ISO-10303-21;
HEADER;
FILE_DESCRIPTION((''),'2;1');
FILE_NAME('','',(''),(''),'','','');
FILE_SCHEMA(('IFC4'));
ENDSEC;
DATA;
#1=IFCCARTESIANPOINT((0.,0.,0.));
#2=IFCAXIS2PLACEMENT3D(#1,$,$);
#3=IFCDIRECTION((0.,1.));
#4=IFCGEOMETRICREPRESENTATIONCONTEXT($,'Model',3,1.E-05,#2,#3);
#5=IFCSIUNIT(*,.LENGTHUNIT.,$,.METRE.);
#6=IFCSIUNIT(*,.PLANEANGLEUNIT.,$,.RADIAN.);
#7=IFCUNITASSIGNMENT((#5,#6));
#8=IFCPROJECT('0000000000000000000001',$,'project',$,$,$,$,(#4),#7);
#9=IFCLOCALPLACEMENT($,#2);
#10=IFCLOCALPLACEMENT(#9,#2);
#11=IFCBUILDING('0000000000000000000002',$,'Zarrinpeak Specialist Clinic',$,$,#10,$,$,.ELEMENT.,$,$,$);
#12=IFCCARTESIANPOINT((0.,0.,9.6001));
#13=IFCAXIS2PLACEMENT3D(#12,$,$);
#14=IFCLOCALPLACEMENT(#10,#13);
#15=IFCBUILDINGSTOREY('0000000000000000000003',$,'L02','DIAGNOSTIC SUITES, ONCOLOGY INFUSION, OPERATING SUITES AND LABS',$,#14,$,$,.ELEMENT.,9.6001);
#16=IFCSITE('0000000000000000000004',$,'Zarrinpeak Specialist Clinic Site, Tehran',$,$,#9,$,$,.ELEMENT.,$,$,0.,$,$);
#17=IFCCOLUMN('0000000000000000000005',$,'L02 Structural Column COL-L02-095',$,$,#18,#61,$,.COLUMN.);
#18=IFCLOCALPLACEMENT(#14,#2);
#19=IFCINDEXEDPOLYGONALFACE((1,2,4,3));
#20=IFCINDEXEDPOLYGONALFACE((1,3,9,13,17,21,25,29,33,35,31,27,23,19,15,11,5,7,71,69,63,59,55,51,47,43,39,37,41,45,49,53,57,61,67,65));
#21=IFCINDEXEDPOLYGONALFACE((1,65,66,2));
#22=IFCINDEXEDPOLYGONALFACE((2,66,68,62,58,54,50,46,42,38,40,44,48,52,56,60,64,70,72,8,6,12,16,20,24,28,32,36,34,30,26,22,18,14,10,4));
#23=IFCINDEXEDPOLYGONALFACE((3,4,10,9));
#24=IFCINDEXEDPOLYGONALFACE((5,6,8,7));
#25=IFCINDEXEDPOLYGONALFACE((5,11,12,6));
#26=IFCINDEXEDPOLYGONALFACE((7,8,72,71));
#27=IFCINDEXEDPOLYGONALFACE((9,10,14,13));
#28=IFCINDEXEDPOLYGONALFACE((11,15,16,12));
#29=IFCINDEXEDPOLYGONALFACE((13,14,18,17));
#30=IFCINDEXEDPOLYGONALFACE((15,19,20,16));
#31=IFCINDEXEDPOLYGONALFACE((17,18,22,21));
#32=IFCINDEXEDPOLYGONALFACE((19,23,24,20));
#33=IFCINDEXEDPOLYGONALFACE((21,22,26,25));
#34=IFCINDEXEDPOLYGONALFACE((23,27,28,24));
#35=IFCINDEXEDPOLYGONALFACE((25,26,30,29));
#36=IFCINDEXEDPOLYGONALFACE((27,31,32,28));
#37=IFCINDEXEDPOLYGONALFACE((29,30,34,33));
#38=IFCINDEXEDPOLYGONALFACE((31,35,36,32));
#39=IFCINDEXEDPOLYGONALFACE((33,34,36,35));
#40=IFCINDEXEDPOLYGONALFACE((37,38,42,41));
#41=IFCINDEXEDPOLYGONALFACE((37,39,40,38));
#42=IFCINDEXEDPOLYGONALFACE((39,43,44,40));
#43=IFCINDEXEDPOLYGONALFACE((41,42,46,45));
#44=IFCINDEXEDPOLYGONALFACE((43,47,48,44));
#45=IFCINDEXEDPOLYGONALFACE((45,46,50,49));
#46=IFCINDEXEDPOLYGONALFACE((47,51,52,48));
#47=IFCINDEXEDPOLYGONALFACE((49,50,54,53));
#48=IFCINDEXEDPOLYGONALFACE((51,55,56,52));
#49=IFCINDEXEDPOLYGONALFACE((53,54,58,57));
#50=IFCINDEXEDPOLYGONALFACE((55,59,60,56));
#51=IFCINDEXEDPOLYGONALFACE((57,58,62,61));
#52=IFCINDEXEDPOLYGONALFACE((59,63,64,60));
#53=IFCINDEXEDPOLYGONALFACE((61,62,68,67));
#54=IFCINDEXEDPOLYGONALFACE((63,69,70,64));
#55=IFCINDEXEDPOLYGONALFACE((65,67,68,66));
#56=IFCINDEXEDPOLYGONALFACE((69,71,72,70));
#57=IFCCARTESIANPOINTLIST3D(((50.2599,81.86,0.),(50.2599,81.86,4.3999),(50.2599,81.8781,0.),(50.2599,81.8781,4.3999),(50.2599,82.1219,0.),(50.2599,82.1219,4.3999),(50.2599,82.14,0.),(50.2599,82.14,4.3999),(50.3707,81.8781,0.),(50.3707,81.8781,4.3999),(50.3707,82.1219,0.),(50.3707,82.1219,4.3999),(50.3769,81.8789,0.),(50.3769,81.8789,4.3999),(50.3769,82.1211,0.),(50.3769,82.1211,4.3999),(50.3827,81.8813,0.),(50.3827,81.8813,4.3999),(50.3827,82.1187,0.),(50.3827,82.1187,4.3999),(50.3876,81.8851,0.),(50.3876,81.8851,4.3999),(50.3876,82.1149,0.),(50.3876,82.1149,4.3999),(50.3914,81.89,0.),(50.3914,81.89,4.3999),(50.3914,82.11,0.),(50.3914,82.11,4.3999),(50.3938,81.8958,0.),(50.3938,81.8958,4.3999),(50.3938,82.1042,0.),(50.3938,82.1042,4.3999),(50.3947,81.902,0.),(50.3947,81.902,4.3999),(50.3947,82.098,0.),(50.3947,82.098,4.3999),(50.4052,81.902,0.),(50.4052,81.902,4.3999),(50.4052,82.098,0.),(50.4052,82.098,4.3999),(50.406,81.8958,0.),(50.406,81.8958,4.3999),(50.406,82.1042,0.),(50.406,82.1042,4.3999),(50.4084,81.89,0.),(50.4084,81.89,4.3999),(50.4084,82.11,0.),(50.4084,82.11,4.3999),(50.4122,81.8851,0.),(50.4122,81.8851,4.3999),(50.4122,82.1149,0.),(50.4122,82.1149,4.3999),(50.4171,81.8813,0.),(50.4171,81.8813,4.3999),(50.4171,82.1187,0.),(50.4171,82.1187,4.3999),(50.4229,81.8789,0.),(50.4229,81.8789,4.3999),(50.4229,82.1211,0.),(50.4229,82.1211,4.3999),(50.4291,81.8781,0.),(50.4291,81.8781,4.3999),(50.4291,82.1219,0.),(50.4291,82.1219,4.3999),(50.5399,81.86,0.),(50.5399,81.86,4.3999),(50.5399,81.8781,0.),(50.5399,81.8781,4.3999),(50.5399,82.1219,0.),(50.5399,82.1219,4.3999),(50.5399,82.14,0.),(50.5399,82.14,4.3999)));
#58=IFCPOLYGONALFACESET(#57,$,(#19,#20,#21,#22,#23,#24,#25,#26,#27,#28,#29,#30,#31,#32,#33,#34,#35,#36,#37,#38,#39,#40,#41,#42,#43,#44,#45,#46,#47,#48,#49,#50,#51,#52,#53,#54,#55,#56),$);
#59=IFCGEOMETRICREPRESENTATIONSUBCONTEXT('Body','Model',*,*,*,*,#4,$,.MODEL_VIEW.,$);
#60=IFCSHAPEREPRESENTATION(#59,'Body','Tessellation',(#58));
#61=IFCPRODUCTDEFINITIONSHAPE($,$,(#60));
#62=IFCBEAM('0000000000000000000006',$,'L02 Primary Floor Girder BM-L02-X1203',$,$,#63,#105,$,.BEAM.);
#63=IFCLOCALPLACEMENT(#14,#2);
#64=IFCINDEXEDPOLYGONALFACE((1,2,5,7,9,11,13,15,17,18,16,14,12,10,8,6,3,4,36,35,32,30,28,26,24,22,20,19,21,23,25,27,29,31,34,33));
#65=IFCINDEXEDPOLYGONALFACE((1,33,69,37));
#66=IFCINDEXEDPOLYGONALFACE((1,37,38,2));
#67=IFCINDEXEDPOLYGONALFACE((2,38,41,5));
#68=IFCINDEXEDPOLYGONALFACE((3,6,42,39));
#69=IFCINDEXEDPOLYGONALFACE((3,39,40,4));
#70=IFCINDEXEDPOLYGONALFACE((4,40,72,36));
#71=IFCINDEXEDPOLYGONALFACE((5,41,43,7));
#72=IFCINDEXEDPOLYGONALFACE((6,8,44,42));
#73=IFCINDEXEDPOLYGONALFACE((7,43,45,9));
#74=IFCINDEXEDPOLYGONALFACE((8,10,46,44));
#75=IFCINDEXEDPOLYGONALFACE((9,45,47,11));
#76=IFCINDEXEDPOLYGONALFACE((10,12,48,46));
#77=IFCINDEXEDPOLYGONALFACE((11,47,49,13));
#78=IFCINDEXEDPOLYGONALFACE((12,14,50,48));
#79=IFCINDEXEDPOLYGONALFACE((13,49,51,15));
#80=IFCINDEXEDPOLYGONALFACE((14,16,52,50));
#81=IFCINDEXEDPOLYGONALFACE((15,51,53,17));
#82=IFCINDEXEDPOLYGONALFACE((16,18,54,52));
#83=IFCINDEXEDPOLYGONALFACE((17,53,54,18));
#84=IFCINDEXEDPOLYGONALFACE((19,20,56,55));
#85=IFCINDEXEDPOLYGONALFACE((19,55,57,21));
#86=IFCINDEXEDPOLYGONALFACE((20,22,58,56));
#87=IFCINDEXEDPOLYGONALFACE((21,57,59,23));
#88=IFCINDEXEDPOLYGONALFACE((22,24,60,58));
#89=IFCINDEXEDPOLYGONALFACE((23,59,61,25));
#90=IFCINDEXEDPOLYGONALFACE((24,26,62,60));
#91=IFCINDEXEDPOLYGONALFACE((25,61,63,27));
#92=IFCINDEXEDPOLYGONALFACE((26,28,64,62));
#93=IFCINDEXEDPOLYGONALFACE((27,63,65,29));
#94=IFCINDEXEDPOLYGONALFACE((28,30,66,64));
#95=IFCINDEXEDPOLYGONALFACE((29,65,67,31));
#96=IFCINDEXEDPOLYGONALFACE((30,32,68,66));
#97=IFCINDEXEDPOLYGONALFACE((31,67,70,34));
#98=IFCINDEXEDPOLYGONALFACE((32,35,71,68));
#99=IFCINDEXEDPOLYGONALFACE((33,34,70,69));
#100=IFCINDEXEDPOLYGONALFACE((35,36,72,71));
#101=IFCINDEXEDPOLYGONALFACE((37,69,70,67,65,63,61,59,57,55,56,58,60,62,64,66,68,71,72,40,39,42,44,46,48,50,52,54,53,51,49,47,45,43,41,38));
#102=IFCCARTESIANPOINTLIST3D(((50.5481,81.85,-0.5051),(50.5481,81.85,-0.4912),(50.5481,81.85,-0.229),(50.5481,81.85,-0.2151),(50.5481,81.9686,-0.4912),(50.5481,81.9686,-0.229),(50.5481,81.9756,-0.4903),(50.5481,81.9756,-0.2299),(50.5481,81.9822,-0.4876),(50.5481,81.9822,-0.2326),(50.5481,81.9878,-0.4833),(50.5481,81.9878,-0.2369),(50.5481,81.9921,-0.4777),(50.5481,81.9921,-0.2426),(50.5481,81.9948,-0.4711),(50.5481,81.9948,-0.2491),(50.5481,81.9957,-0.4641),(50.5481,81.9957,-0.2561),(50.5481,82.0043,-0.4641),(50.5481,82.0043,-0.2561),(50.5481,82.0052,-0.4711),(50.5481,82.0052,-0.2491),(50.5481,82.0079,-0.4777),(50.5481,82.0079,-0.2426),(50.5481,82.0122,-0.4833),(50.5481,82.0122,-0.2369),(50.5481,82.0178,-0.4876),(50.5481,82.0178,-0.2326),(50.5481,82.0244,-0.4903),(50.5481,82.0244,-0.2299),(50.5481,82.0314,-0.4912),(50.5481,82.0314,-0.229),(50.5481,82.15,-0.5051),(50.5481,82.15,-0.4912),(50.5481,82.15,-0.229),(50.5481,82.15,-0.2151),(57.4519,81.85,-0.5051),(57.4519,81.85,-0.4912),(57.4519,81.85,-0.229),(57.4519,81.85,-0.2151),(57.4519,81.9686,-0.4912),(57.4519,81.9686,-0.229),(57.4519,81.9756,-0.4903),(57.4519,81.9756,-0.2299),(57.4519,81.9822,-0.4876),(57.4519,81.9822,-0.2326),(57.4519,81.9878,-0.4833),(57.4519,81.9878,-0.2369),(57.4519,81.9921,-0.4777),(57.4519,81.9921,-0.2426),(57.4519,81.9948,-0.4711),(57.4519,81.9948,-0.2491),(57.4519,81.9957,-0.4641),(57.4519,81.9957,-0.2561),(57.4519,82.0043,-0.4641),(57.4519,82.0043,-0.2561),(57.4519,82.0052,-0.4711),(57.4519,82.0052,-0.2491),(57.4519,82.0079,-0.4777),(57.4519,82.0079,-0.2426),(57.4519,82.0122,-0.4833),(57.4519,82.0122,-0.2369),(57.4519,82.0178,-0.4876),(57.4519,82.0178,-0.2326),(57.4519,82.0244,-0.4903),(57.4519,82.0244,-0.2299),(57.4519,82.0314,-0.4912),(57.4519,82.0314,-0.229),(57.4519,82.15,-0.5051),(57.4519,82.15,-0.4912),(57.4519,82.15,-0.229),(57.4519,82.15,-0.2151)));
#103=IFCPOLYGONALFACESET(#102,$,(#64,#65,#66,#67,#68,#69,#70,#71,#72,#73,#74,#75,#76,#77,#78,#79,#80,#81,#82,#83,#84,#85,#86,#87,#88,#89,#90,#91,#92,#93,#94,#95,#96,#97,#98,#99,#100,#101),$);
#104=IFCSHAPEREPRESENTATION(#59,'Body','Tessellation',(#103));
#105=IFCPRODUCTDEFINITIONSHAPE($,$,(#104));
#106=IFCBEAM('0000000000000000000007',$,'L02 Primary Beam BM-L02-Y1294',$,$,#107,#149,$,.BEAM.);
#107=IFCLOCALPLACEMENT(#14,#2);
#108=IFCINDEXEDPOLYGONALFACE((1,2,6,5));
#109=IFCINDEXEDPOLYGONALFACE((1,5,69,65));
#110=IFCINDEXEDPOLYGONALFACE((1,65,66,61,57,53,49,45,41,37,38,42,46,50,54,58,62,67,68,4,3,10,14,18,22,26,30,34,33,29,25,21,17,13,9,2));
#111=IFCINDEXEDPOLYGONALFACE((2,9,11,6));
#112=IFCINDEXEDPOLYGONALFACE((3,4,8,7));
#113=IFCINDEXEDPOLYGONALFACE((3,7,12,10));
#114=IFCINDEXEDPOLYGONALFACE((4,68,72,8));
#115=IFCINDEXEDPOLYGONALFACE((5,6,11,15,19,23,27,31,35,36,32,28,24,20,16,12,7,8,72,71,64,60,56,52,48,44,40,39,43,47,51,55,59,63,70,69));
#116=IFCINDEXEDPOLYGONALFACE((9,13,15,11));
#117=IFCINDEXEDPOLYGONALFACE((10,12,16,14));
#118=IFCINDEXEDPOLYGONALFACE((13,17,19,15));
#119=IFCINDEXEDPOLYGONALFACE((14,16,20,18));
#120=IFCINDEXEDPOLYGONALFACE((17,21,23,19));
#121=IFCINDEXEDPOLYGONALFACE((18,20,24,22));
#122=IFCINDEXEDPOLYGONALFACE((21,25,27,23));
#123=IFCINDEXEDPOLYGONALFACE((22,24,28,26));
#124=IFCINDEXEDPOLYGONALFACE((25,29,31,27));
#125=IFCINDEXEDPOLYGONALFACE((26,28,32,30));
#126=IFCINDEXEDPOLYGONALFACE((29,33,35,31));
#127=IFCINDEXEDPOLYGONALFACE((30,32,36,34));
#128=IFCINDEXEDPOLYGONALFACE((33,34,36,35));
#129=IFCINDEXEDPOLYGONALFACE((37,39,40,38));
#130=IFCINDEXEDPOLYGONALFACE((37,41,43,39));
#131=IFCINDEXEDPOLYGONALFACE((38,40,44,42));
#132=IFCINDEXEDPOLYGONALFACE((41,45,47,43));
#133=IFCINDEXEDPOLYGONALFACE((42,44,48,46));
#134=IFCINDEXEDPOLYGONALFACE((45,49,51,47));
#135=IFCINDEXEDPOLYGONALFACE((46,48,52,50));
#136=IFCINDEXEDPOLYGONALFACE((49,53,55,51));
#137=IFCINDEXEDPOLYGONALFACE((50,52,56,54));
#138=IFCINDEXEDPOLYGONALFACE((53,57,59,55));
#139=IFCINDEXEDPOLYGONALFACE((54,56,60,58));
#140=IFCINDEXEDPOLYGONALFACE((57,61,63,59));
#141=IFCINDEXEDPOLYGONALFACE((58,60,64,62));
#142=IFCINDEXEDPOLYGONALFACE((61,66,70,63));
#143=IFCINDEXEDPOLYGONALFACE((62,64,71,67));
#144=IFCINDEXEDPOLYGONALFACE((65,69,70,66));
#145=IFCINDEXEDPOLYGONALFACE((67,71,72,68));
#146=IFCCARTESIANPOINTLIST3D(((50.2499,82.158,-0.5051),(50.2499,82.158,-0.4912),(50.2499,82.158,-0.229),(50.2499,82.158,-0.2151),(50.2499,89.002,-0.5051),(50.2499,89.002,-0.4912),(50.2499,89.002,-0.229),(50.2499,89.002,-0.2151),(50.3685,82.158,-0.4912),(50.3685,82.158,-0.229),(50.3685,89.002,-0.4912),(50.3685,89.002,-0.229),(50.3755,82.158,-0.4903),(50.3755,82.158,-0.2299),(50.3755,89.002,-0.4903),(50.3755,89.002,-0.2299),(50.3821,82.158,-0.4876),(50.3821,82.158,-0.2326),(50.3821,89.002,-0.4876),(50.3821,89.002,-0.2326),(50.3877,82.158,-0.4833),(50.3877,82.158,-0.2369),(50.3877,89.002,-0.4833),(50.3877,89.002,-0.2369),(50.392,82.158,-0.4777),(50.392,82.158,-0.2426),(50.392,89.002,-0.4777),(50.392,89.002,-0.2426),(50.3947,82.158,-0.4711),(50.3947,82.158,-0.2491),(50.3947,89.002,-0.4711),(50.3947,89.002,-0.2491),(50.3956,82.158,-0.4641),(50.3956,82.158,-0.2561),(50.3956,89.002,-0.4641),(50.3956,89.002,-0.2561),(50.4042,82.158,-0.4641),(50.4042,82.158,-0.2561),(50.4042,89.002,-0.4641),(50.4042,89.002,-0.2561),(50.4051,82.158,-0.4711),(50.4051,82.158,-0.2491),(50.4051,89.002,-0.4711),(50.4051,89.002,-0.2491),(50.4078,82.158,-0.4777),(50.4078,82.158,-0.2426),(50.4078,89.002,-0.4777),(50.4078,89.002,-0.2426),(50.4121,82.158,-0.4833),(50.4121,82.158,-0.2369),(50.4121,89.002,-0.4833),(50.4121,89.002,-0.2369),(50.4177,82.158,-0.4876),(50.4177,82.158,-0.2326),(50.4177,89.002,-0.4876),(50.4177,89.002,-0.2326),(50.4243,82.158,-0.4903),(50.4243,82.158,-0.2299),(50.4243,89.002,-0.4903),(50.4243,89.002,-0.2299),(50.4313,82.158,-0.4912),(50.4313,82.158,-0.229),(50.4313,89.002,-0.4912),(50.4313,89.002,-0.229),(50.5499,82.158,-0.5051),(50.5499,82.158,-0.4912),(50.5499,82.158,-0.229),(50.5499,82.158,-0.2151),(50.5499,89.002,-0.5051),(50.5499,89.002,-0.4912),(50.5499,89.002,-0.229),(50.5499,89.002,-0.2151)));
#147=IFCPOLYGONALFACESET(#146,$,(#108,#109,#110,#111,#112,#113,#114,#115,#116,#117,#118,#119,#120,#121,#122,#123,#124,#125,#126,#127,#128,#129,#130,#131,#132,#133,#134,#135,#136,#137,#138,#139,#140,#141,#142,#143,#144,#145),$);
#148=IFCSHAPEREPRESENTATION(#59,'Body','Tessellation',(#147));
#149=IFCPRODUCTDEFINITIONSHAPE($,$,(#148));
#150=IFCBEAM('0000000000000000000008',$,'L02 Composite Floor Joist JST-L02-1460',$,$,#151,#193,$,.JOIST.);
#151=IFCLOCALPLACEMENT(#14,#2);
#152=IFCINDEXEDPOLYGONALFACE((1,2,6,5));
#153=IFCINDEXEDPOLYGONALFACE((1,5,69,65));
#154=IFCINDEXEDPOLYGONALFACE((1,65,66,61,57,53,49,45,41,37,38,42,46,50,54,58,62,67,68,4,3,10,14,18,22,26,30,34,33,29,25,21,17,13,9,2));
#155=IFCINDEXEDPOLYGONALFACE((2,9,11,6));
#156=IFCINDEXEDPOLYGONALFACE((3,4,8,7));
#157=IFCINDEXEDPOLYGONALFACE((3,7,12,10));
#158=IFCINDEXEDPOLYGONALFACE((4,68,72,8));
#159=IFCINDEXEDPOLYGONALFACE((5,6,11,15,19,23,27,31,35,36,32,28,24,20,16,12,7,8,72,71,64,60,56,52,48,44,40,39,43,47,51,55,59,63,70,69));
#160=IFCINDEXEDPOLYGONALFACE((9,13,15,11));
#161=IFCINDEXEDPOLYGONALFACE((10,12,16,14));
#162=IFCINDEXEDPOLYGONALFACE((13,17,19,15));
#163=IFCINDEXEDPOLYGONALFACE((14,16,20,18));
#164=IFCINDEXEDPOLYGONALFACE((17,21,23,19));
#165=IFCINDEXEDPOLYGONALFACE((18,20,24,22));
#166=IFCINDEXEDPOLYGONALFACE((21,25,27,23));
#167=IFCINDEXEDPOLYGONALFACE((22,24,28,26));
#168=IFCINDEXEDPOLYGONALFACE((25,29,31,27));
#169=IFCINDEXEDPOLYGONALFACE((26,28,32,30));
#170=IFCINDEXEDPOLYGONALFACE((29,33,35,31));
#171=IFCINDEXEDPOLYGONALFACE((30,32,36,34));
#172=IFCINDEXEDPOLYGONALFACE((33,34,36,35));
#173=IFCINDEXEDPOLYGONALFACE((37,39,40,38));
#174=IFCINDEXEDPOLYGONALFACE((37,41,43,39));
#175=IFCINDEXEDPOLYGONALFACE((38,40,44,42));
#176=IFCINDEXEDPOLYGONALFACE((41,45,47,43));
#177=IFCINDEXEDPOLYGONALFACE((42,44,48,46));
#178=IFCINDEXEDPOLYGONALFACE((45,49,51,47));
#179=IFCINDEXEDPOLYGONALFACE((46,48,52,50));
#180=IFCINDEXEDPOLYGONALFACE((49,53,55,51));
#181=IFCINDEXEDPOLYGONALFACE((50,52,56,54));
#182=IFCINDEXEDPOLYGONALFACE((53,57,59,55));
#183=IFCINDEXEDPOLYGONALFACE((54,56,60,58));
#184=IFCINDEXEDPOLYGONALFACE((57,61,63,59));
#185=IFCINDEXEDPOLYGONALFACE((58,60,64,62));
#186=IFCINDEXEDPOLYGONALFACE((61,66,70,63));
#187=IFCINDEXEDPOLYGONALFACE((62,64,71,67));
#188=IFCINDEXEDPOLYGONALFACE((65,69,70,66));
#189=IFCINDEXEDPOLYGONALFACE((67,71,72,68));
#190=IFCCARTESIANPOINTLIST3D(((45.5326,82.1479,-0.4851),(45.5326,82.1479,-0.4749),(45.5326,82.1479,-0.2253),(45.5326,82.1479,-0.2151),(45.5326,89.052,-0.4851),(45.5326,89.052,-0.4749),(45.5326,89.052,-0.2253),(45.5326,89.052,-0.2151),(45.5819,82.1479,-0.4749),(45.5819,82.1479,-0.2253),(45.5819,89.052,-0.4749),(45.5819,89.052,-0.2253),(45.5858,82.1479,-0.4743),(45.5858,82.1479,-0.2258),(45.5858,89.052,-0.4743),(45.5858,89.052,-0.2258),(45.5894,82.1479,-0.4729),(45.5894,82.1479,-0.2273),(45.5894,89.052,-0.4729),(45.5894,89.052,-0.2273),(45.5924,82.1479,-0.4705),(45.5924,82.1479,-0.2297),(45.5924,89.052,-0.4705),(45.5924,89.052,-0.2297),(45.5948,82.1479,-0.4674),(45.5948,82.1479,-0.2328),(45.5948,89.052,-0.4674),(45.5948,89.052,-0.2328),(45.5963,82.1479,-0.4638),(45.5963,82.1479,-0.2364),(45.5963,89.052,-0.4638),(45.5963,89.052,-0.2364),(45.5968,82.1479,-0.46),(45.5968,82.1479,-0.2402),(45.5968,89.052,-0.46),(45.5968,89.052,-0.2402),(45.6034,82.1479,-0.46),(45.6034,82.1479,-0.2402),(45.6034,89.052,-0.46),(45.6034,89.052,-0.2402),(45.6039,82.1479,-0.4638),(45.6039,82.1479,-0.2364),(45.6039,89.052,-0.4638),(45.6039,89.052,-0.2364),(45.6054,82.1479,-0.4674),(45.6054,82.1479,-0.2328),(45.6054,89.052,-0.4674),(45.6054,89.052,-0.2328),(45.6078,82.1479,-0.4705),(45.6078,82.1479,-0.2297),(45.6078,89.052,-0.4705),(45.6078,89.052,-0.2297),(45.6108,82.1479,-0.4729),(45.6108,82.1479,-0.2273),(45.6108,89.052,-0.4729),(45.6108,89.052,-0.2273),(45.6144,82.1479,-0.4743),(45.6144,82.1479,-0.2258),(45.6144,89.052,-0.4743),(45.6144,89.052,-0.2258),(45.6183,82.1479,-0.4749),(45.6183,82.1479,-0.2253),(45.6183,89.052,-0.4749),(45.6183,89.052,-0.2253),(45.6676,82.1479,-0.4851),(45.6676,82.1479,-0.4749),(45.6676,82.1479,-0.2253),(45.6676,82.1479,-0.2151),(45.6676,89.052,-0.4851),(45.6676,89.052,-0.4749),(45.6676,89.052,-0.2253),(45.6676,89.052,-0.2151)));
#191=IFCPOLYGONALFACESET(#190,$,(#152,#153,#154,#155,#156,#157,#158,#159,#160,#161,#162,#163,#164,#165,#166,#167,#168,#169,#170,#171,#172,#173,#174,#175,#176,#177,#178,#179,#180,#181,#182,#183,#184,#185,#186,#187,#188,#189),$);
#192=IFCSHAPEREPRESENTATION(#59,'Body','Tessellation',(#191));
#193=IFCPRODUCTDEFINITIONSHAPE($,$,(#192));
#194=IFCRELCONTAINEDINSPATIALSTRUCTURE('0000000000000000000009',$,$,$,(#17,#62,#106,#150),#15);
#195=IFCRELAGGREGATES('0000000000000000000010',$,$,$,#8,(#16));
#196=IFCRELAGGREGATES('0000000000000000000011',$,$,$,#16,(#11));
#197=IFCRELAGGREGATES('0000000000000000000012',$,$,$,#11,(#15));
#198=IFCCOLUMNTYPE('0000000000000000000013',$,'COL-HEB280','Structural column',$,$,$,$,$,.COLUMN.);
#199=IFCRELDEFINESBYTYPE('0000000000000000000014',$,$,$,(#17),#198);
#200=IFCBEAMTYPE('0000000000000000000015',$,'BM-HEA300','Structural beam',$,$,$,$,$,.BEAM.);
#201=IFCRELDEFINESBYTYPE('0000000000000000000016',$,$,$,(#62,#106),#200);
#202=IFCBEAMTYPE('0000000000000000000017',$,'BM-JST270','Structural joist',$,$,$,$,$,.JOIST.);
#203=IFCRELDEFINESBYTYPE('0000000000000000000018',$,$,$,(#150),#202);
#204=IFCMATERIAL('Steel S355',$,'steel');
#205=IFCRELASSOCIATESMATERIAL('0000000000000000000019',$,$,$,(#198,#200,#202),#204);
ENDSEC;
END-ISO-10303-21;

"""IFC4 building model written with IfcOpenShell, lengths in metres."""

from ifc_helpers import new_model, si_unit, direction, frame, origin, origin_2d, place, context, subcontext, project, spatial, i_section, extrude, material, material_profile, profile_set, type_object, element, save


model = new_model("IFC4")

# Units and contexts
model_context = context("Model", 3, precision=1e-05, world=origin(), true_north=direction((0.0, 1.0)))
body_context = subcontext(model_context, "Body", "Model", "MODEL_VIEW")
ifc_project = project(units=[si_unit("LENGTHUNIT", "METRE"), si_unit("PLANEANGLEUNIT", "RADIAN")], contexts=[model_context])

# Site, building, storey
site_placement = place(None, origin())
site = spatial("IfcSite", under=ifc_project, at=site_placement, Name="Zarrinpeak Specialist Clinic Site, Tehran", CompositionType="ELEMENT", RefElevation=0.0)
building_placement = place(site_placement, origin())
building = spatial("IfcBuilding", under=site, at=building_placement, Name="Zarrinpeak Specialist Clinic", CompositionType="ELEMENT")
storey_placement = place(building_placement, frame((0.0, 0.0, 9.6001)))
storey = spatial("IfcBuildingStorey", under=building, at=storey_placement, Name="L02", Description="DIAGNOSTIC SUITES, ONCOLOGY INFUSION, OPERATING SUITES AND LABS", CompositionType="ELEMENT", Elevation=9.6001)

# Column
ifc_material_1 = material(Name="Steel S355", Category="steel")
ifc_material_profile_1 = material_profile(ifc_material_1, i_section(OverallWidth=0.28, OverallDepth=0.28, WebThickness=0.0105, FlangeThickness=0.0181, FilletRadius=0.0239, at=origin_2d()), Name="HEB 280")
ifc_profile_set_1 = profile_set([ifc_material_profile_1], Name="Steel S355")
column_type = type_object("IfcColumnType", Name="COL-HEB280", Description="Structural column", PredefinedType="COLUMN", material=ifc_profile_set_1)
column_placement = place(storey_placement, frame((50.3999, 82.0, 0.0), z_axis=(0.0, 0.0, 1.0), x_axis=(1.0, 0.0, 0.0)))
element("IfcColumn", 1, at=column_placement, inside=storey, type_object=column_type, Name="L02 Structural Column COL-L02-095", PredefinedType="COLUMN", context=body_context, shape_type="SweptSolid", body=[
    extrude(i_section(OverallWidth=0.28, OverallDepth=0.28, WebThickness=0.0105, FlangeThickness=0.0181, FilletRadius=0.0239, at=origin_2d()), origin(), (0.0, 0.0, 1.0), 4.3999),
])

# Beams
ifc_material_profile_2 = material_profile(ifc_material_1, i_section(OverallWidth=0.3, OverallDepth=0.29, WebThickness=0.0085, FlangeThickness=0.0139, FilletRadius=0.0271, at=origin_2d()), Name="HEA 300")
ifc_profile_set_2 = profile_set([ifc_material_profile_2], Name="Steel S355")
beam_type_1 = type_object("IfcBeamType", Name="BM-HEA300", Description="Structural beam", PredefinedType="BEAM", material=ifc_profile_set_2)
beam_1_placement = place(storey_placement, frame((50.5481, 82.0, -0.3601), z_axis=(1.0, 0.0, 0.0), x_axis=(0.0, 1.0, 0.0)))
element("IfcBeam", 2, at=beam_1_placement, inside=storey, type_object=beam_type_1, Name="L02 Primary Floor Girder BM-L02-X1203", PredefinedType="BEAM", context=body_context, shape_type="SweptSolid", body=[
    extrude(i_section(OverallWidth=0.3, OverallDepth=0.29, WebThickness=0.0085, FlangeThickness=0.0139, FilletRadius=0.0271, at=origin_2d()), origin(), (0.0, 0.0, 1.0), 6.9038),
])
beam_2_placement = place(storey_placement, frame((50.3999, 82.158, -0.3601), z_axis=(0.0, 1.0, 0.0), x_axis=(-1.0, 0.0, 0.0)))
element("IfcBeam", 3, at=beam_2_placement, inside=storey, type_object=beam_type_1, Name="L02 Primary Beam BM-L02-Y1294", PredefinedType="BEAM", context=body_context, shape_type="SweptSolid", body=[
    extrude(i_section(OverallWidth=0.3, OverallDepth=0.29, WebThickness=0.0085, FlangeThickness=0.0139, FilletRadius=0.0271, at=origin_2d()), origin(), (0.0, 0.0, 1.0), 6.844),
])
ifc_material_profile_3 = material_profile(ifc_material_1, i_section(OverallWidth=0.135, OverallDepth=0.27, WebThickness=0.0066, FlangeThickness=0.0103, FilletRadius=0.0149, at=origin_2d()), Name="IPE 270")
ifc_profile_set_3 = profile_set([ifc_material_profile_3], Name="Steel S355")
beam_type_2 = type_object("IfcBeamType", Name="BM-JST270", Description="Structural joist", PredefinedType="JOIST", material=ifc_profile_set_3)
for number, where, z_axis, x_axis, name in (
    (4, (45.6001, 82.1479, -0.3501), (0.0, 1.0, 0.0), (-1.0, 0.0, 0.0), "L02 Composite Floor Joist JST-L02-1460"),
):
    element("IfcBeam", number, at=place(storey_placement, frame(where, z_axis=z_axis, x_axis=x_axis)), inside=storey, type_object=beam_type_2, Name=name, PredefinedType="JOIST", context=body_context, shape_type="SweptSolid", body=[
        extrude(i_section(OverallWidth=0.135, OverallDepth=0.27, WebThickness=0.0066, FlangeThickness=0.0103, FilletRadius=0.0149, at=origin_2d()), origin(), (0.0, 0.0, 1.0), 6.9041),
    ])

save(model, "model.ifc")
